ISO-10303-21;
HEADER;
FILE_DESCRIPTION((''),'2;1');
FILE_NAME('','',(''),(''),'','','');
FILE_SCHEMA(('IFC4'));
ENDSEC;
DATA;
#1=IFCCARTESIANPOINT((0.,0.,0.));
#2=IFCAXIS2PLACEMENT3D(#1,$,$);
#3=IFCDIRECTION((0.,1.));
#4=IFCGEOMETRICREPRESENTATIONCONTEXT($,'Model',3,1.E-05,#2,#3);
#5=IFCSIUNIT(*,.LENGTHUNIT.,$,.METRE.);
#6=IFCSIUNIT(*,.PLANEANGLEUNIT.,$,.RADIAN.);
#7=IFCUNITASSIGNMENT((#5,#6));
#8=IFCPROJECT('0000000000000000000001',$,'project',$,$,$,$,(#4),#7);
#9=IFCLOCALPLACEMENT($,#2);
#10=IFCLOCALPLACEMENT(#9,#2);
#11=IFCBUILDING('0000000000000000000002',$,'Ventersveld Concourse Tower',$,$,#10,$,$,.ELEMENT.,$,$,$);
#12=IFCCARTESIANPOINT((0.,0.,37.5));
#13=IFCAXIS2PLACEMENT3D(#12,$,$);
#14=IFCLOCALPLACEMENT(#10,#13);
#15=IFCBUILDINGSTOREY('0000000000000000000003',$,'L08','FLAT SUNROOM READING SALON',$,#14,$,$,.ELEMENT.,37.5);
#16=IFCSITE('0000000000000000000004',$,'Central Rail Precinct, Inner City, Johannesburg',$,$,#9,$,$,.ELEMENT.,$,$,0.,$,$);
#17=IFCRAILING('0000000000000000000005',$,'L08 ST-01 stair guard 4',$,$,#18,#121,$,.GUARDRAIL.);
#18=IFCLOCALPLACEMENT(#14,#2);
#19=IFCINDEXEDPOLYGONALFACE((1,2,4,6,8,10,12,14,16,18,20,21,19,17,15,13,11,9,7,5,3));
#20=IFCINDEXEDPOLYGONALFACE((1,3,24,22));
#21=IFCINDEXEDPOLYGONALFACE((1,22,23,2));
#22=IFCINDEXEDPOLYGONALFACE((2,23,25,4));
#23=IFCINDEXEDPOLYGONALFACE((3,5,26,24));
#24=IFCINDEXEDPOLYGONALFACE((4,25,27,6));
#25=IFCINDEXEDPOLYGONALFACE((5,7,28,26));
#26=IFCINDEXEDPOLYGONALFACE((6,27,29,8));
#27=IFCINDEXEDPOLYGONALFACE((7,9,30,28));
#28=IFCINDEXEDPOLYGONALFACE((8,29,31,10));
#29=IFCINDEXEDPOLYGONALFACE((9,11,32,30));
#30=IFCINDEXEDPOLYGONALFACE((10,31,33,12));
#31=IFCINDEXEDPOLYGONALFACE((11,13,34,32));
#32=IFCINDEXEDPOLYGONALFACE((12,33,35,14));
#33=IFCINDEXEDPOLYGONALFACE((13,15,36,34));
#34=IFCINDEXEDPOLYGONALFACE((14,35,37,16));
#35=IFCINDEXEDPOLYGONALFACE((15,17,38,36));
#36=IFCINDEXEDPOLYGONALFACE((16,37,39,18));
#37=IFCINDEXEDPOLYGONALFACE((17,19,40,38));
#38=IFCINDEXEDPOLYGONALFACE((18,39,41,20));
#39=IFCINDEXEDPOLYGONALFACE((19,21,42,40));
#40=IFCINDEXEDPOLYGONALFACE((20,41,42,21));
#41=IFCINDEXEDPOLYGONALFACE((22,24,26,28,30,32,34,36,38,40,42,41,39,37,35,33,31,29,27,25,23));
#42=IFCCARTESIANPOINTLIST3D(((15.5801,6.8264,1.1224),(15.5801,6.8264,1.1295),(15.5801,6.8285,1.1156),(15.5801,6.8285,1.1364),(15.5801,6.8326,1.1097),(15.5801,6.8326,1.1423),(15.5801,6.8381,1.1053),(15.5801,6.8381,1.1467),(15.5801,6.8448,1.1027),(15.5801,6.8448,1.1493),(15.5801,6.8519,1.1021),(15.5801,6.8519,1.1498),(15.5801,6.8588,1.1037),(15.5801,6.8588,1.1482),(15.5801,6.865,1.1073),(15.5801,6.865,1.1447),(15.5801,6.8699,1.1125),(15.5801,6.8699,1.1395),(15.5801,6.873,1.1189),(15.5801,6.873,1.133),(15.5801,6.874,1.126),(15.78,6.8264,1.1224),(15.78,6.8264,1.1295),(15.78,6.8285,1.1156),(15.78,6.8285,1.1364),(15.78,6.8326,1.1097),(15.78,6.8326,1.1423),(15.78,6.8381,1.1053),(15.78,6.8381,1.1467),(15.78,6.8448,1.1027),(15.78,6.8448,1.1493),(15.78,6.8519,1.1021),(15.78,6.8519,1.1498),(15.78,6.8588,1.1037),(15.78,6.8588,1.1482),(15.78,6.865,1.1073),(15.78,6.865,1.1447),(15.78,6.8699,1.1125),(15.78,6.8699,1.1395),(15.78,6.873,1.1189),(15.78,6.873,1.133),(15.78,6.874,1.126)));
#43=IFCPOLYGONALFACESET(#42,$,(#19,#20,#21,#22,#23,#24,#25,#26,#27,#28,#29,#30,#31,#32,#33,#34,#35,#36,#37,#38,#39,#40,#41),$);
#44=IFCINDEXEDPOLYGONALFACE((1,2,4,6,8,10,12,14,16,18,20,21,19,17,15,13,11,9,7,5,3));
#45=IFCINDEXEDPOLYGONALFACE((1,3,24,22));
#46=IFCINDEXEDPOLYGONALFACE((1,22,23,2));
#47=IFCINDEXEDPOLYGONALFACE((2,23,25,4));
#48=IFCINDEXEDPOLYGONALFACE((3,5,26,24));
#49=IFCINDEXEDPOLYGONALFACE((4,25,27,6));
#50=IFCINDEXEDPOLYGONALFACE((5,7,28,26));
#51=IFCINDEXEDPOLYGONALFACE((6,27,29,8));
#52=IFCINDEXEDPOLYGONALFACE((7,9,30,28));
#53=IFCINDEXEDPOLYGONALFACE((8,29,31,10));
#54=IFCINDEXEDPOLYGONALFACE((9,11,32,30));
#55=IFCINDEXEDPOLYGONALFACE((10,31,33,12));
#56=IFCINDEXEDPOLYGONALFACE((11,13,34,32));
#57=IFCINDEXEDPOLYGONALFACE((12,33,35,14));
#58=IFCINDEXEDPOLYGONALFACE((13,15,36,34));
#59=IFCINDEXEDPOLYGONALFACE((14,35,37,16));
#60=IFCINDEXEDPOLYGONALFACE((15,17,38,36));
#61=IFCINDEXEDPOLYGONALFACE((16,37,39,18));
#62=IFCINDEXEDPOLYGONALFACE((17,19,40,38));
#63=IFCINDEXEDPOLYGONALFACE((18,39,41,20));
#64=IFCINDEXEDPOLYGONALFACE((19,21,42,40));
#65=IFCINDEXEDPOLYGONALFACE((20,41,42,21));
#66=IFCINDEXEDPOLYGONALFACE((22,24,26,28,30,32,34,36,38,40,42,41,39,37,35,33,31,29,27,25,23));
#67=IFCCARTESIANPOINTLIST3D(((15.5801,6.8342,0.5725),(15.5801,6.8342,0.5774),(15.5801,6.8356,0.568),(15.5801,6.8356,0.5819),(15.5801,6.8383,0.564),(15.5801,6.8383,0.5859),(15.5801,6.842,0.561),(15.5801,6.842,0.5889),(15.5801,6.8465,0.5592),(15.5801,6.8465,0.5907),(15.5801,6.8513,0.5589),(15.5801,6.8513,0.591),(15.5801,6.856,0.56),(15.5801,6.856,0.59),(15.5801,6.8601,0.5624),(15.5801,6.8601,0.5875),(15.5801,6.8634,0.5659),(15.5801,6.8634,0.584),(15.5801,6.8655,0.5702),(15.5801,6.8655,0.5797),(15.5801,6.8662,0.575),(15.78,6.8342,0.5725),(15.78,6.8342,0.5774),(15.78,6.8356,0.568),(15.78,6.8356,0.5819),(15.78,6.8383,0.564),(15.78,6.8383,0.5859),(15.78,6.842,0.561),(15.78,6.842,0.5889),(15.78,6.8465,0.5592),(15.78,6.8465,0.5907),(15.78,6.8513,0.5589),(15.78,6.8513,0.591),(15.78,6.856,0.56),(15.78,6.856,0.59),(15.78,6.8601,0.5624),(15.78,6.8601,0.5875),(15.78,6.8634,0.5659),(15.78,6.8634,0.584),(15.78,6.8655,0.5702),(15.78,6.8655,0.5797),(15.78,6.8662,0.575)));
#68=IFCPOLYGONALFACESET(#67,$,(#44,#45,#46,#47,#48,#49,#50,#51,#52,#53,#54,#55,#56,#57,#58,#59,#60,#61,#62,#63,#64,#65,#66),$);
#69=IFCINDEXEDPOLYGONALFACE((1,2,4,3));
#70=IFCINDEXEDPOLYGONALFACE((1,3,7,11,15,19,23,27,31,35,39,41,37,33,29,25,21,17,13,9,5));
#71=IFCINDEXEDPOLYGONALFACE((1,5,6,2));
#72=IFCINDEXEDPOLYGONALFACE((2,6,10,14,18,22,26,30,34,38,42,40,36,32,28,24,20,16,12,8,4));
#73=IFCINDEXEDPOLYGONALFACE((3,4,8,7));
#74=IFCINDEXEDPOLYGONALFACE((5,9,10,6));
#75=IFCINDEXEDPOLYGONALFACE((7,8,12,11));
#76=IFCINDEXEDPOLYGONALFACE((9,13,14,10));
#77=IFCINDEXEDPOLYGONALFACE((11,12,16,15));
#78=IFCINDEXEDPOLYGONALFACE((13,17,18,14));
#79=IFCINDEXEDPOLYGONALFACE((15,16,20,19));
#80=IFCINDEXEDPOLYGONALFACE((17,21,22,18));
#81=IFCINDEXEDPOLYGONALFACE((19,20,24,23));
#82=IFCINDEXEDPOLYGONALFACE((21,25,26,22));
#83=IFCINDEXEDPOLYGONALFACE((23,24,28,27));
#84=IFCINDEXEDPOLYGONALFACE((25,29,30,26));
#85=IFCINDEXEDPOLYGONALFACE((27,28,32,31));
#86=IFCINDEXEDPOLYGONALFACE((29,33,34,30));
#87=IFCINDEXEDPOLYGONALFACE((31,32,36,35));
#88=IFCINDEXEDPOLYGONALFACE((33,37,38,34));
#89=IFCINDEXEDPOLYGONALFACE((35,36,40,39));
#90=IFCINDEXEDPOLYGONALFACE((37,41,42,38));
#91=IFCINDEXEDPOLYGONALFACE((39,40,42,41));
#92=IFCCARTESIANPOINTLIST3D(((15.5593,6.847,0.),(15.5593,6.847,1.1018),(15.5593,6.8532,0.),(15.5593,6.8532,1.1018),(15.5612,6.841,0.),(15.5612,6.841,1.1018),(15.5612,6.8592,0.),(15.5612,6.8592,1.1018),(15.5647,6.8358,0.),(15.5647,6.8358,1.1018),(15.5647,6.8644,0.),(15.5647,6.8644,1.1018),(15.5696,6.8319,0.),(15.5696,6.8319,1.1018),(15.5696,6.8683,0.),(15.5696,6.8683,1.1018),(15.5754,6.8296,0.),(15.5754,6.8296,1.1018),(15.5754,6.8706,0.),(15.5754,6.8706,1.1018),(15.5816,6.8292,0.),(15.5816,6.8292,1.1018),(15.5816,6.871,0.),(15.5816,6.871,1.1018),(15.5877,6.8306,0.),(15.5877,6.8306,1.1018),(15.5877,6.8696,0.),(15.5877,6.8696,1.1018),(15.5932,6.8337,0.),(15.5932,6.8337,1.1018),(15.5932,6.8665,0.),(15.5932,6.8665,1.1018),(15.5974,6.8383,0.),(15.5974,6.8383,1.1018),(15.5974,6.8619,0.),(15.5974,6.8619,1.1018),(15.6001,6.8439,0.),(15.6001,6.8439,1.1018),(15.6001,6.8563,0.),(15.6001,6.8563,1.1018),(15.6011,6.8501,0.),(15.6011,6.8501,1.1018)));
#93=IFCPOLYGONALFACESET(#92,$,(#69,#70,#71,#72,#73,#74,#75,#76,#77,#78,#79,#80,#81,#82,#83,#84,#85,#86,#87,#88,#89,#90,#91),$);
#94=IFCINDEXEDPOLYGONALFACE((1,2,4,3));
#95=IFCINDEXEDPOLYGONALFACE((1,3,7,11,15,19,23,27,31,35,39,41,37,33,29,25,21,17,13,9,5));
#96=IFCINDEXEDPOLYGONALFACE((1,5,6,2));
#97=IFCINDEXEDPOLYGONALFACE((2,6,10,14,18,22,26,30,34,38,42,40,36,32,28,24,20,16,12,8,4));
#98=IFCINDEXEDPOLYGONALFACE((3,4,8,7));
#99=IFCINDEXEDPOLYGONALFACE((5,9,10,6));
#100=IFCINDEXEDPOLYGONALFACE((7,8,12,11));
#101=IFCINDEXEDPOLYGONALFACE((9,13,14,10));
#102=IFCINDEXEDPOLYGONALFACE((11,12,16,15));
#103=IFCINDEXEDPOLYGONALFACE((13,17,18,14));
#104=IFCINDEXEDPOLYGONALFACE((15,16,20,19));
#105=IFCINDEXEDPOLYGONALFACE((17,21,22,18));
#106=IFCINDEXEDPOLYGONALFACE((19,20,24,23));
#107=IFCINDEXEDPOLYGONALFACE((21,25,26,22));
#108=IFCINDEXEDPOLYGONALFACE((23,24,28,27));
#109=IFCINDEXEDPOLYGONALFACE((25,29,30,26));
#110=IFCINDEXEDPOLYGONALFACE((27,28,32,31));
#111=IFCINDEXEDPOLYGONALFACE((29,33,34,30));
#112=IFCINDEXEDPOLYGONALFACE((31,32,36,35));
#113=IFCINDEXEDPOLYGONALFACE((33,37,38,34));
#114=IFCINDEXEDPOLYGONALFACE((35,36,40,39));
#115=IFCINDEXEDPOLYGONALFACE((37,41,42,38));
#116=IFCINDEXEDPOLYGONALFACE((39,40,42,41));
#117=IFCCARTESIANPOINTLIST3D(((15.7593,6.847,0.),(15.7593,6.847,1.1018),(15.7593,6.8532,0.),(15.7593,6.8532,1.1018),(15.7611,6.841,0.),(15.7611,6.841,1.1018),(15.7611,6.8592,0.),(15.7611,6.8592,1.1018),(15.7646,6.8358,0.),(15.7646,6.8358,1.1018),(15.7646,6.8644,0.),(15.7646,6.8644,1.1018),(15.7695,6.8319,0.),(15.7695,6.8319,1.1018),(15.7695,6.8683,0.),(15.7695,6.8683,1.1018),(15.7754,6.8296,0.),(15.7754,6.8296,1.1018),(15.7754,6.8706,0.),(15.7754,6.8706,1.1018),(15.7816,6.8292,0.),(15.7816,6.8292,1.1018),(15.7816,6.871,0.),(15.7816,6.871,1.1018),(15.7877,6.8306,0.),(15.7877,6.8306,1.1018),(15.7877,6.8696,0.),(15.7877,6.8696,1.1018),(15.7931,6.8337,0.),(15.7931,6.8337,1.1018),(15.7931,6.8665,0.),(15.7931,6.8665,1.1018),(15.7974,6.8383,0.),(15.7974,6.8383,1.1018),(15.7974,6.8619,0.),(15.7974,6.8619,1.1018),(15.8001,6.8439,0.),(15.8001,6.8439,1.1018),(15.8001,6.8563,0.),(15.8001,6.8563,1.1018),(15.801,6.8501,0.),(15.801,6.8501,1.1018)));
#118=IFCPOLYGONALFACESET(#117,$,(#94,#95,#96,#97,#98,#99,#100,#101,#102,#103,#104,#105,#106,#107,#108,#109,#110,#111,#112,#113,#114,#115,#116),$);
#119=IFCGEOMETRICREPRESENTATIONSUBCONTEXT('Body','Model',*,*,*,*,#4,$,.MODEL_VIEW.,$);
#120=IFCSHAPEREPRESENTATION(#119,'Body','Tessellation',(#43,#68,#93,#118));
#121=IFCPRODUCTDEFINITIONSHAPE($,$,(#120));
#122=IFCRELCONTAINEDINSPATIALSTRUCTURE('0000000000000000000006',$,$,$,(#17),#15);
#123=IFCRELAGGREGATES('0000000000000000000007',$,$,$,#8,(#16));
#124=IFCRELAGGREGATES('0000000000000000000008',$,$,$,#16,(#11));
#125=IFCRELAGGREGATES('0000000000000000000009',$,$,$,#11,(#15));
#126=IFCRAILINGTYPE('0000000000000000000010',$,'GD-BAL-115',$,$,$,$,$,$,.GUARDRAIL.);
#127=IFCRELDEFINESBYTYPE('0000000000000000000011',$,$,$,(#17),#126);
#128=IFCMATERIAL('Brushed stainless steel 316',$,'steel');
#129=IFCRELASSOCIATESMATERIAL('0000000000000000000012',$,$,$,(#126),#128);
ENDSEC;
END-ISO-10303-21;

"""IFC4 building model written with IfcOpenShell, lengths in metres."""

from ifc_helpers import new_model, si_unit, direction, frame, origin, origin_2d, place, context, subcontext, project, spatial, circle, extrude, material, type_object, element, save


model = new_model("IFC4")

# Units and contexts
model_context = context("Model", 3, precision=1e-05, world=origin(), true_north=direction((0.0, 1.0)))
body_context = subcontext(model_context, "Body", "Model", "MODEL_VIEW")
ifc_project = project(units=[si_unit("LENGTHUNIT", "METRE"), si_unit("PLANEANGLEUNIT", "RADIAN")], contexts=[model_context])

# Site, building, storey
site_placement = place(None, origin())
site = spatial("IfcSite", under=ifc_project, at=site_placement, Name="Central Rail Precinct, Inner City, Johannesburg", CompositionType="ELEMENT", RefElevation=0.0)
building_placement = place(site_placement, origin())
building = spatial("IfcBuilding", under=site, at=building_placement, Name="Ventersveld Concourse Tower", CompositionType="ELEMENT")
storey_placement = place(building_placement, frame((0.0, 0.0, 37.5)))
storey = spatial("IfcBuildingStorey", under=building, at=storey_placement, Name="L08", Description="FLAT SUNROOM READING SALON", CompositionType="ELEMENT", Elevation=37.5)

# Railing
ifc_material_1 = material(Name="Brushed stainless steel 316", Category="steel")
railing_type_1 = type_object("IfcRailingType", Name="GD-BAL-115", PredefinedType="GUARDRAIL", material=ifc_material_1)
railing_1_placement = place(storey_placement, frame((15.5801, 6.8501, 0.0)))
element("IfcRailing", 1, at=railing_1_placement, inside=storey, type_object=railing_type_1, Name="L08 ST-01 stair guard 4", PredefinedType="GUARDRAIL", context=body_context, shape_type="SweptSolid", body=[
    extrude(circle(Radius=0.0239, at=origin_2d()), frame((0.0, 0.0, 1.126), z_axis=(1.0, 0.0, 0.0), x_axis=(0.0, 1.0, 0.0)), (0.0, 0.0, 1.0), 0.2),
    extrude(circle(Radius=0.0161, at=origin_2d()), frame((0.0, 0.0, 0.575), z_axis=(1.0, 0.0, 0.0), x_axis=(0.0, 1.0, 0.0)), (0.0, 0.0, 1.0), 0.2),
    extrude(circle(Radius=0.021, at=origin_2d()), origin(), (0.0, 0.0, 1.0), 1.1018),
    extrude(circle(Radius=0.021, at=origin_2d()), frame((0.2, 0.0, 0.0)), (0.0, 0.0, 1.0), 1.1018),
])

save(model, "model.ifc")
